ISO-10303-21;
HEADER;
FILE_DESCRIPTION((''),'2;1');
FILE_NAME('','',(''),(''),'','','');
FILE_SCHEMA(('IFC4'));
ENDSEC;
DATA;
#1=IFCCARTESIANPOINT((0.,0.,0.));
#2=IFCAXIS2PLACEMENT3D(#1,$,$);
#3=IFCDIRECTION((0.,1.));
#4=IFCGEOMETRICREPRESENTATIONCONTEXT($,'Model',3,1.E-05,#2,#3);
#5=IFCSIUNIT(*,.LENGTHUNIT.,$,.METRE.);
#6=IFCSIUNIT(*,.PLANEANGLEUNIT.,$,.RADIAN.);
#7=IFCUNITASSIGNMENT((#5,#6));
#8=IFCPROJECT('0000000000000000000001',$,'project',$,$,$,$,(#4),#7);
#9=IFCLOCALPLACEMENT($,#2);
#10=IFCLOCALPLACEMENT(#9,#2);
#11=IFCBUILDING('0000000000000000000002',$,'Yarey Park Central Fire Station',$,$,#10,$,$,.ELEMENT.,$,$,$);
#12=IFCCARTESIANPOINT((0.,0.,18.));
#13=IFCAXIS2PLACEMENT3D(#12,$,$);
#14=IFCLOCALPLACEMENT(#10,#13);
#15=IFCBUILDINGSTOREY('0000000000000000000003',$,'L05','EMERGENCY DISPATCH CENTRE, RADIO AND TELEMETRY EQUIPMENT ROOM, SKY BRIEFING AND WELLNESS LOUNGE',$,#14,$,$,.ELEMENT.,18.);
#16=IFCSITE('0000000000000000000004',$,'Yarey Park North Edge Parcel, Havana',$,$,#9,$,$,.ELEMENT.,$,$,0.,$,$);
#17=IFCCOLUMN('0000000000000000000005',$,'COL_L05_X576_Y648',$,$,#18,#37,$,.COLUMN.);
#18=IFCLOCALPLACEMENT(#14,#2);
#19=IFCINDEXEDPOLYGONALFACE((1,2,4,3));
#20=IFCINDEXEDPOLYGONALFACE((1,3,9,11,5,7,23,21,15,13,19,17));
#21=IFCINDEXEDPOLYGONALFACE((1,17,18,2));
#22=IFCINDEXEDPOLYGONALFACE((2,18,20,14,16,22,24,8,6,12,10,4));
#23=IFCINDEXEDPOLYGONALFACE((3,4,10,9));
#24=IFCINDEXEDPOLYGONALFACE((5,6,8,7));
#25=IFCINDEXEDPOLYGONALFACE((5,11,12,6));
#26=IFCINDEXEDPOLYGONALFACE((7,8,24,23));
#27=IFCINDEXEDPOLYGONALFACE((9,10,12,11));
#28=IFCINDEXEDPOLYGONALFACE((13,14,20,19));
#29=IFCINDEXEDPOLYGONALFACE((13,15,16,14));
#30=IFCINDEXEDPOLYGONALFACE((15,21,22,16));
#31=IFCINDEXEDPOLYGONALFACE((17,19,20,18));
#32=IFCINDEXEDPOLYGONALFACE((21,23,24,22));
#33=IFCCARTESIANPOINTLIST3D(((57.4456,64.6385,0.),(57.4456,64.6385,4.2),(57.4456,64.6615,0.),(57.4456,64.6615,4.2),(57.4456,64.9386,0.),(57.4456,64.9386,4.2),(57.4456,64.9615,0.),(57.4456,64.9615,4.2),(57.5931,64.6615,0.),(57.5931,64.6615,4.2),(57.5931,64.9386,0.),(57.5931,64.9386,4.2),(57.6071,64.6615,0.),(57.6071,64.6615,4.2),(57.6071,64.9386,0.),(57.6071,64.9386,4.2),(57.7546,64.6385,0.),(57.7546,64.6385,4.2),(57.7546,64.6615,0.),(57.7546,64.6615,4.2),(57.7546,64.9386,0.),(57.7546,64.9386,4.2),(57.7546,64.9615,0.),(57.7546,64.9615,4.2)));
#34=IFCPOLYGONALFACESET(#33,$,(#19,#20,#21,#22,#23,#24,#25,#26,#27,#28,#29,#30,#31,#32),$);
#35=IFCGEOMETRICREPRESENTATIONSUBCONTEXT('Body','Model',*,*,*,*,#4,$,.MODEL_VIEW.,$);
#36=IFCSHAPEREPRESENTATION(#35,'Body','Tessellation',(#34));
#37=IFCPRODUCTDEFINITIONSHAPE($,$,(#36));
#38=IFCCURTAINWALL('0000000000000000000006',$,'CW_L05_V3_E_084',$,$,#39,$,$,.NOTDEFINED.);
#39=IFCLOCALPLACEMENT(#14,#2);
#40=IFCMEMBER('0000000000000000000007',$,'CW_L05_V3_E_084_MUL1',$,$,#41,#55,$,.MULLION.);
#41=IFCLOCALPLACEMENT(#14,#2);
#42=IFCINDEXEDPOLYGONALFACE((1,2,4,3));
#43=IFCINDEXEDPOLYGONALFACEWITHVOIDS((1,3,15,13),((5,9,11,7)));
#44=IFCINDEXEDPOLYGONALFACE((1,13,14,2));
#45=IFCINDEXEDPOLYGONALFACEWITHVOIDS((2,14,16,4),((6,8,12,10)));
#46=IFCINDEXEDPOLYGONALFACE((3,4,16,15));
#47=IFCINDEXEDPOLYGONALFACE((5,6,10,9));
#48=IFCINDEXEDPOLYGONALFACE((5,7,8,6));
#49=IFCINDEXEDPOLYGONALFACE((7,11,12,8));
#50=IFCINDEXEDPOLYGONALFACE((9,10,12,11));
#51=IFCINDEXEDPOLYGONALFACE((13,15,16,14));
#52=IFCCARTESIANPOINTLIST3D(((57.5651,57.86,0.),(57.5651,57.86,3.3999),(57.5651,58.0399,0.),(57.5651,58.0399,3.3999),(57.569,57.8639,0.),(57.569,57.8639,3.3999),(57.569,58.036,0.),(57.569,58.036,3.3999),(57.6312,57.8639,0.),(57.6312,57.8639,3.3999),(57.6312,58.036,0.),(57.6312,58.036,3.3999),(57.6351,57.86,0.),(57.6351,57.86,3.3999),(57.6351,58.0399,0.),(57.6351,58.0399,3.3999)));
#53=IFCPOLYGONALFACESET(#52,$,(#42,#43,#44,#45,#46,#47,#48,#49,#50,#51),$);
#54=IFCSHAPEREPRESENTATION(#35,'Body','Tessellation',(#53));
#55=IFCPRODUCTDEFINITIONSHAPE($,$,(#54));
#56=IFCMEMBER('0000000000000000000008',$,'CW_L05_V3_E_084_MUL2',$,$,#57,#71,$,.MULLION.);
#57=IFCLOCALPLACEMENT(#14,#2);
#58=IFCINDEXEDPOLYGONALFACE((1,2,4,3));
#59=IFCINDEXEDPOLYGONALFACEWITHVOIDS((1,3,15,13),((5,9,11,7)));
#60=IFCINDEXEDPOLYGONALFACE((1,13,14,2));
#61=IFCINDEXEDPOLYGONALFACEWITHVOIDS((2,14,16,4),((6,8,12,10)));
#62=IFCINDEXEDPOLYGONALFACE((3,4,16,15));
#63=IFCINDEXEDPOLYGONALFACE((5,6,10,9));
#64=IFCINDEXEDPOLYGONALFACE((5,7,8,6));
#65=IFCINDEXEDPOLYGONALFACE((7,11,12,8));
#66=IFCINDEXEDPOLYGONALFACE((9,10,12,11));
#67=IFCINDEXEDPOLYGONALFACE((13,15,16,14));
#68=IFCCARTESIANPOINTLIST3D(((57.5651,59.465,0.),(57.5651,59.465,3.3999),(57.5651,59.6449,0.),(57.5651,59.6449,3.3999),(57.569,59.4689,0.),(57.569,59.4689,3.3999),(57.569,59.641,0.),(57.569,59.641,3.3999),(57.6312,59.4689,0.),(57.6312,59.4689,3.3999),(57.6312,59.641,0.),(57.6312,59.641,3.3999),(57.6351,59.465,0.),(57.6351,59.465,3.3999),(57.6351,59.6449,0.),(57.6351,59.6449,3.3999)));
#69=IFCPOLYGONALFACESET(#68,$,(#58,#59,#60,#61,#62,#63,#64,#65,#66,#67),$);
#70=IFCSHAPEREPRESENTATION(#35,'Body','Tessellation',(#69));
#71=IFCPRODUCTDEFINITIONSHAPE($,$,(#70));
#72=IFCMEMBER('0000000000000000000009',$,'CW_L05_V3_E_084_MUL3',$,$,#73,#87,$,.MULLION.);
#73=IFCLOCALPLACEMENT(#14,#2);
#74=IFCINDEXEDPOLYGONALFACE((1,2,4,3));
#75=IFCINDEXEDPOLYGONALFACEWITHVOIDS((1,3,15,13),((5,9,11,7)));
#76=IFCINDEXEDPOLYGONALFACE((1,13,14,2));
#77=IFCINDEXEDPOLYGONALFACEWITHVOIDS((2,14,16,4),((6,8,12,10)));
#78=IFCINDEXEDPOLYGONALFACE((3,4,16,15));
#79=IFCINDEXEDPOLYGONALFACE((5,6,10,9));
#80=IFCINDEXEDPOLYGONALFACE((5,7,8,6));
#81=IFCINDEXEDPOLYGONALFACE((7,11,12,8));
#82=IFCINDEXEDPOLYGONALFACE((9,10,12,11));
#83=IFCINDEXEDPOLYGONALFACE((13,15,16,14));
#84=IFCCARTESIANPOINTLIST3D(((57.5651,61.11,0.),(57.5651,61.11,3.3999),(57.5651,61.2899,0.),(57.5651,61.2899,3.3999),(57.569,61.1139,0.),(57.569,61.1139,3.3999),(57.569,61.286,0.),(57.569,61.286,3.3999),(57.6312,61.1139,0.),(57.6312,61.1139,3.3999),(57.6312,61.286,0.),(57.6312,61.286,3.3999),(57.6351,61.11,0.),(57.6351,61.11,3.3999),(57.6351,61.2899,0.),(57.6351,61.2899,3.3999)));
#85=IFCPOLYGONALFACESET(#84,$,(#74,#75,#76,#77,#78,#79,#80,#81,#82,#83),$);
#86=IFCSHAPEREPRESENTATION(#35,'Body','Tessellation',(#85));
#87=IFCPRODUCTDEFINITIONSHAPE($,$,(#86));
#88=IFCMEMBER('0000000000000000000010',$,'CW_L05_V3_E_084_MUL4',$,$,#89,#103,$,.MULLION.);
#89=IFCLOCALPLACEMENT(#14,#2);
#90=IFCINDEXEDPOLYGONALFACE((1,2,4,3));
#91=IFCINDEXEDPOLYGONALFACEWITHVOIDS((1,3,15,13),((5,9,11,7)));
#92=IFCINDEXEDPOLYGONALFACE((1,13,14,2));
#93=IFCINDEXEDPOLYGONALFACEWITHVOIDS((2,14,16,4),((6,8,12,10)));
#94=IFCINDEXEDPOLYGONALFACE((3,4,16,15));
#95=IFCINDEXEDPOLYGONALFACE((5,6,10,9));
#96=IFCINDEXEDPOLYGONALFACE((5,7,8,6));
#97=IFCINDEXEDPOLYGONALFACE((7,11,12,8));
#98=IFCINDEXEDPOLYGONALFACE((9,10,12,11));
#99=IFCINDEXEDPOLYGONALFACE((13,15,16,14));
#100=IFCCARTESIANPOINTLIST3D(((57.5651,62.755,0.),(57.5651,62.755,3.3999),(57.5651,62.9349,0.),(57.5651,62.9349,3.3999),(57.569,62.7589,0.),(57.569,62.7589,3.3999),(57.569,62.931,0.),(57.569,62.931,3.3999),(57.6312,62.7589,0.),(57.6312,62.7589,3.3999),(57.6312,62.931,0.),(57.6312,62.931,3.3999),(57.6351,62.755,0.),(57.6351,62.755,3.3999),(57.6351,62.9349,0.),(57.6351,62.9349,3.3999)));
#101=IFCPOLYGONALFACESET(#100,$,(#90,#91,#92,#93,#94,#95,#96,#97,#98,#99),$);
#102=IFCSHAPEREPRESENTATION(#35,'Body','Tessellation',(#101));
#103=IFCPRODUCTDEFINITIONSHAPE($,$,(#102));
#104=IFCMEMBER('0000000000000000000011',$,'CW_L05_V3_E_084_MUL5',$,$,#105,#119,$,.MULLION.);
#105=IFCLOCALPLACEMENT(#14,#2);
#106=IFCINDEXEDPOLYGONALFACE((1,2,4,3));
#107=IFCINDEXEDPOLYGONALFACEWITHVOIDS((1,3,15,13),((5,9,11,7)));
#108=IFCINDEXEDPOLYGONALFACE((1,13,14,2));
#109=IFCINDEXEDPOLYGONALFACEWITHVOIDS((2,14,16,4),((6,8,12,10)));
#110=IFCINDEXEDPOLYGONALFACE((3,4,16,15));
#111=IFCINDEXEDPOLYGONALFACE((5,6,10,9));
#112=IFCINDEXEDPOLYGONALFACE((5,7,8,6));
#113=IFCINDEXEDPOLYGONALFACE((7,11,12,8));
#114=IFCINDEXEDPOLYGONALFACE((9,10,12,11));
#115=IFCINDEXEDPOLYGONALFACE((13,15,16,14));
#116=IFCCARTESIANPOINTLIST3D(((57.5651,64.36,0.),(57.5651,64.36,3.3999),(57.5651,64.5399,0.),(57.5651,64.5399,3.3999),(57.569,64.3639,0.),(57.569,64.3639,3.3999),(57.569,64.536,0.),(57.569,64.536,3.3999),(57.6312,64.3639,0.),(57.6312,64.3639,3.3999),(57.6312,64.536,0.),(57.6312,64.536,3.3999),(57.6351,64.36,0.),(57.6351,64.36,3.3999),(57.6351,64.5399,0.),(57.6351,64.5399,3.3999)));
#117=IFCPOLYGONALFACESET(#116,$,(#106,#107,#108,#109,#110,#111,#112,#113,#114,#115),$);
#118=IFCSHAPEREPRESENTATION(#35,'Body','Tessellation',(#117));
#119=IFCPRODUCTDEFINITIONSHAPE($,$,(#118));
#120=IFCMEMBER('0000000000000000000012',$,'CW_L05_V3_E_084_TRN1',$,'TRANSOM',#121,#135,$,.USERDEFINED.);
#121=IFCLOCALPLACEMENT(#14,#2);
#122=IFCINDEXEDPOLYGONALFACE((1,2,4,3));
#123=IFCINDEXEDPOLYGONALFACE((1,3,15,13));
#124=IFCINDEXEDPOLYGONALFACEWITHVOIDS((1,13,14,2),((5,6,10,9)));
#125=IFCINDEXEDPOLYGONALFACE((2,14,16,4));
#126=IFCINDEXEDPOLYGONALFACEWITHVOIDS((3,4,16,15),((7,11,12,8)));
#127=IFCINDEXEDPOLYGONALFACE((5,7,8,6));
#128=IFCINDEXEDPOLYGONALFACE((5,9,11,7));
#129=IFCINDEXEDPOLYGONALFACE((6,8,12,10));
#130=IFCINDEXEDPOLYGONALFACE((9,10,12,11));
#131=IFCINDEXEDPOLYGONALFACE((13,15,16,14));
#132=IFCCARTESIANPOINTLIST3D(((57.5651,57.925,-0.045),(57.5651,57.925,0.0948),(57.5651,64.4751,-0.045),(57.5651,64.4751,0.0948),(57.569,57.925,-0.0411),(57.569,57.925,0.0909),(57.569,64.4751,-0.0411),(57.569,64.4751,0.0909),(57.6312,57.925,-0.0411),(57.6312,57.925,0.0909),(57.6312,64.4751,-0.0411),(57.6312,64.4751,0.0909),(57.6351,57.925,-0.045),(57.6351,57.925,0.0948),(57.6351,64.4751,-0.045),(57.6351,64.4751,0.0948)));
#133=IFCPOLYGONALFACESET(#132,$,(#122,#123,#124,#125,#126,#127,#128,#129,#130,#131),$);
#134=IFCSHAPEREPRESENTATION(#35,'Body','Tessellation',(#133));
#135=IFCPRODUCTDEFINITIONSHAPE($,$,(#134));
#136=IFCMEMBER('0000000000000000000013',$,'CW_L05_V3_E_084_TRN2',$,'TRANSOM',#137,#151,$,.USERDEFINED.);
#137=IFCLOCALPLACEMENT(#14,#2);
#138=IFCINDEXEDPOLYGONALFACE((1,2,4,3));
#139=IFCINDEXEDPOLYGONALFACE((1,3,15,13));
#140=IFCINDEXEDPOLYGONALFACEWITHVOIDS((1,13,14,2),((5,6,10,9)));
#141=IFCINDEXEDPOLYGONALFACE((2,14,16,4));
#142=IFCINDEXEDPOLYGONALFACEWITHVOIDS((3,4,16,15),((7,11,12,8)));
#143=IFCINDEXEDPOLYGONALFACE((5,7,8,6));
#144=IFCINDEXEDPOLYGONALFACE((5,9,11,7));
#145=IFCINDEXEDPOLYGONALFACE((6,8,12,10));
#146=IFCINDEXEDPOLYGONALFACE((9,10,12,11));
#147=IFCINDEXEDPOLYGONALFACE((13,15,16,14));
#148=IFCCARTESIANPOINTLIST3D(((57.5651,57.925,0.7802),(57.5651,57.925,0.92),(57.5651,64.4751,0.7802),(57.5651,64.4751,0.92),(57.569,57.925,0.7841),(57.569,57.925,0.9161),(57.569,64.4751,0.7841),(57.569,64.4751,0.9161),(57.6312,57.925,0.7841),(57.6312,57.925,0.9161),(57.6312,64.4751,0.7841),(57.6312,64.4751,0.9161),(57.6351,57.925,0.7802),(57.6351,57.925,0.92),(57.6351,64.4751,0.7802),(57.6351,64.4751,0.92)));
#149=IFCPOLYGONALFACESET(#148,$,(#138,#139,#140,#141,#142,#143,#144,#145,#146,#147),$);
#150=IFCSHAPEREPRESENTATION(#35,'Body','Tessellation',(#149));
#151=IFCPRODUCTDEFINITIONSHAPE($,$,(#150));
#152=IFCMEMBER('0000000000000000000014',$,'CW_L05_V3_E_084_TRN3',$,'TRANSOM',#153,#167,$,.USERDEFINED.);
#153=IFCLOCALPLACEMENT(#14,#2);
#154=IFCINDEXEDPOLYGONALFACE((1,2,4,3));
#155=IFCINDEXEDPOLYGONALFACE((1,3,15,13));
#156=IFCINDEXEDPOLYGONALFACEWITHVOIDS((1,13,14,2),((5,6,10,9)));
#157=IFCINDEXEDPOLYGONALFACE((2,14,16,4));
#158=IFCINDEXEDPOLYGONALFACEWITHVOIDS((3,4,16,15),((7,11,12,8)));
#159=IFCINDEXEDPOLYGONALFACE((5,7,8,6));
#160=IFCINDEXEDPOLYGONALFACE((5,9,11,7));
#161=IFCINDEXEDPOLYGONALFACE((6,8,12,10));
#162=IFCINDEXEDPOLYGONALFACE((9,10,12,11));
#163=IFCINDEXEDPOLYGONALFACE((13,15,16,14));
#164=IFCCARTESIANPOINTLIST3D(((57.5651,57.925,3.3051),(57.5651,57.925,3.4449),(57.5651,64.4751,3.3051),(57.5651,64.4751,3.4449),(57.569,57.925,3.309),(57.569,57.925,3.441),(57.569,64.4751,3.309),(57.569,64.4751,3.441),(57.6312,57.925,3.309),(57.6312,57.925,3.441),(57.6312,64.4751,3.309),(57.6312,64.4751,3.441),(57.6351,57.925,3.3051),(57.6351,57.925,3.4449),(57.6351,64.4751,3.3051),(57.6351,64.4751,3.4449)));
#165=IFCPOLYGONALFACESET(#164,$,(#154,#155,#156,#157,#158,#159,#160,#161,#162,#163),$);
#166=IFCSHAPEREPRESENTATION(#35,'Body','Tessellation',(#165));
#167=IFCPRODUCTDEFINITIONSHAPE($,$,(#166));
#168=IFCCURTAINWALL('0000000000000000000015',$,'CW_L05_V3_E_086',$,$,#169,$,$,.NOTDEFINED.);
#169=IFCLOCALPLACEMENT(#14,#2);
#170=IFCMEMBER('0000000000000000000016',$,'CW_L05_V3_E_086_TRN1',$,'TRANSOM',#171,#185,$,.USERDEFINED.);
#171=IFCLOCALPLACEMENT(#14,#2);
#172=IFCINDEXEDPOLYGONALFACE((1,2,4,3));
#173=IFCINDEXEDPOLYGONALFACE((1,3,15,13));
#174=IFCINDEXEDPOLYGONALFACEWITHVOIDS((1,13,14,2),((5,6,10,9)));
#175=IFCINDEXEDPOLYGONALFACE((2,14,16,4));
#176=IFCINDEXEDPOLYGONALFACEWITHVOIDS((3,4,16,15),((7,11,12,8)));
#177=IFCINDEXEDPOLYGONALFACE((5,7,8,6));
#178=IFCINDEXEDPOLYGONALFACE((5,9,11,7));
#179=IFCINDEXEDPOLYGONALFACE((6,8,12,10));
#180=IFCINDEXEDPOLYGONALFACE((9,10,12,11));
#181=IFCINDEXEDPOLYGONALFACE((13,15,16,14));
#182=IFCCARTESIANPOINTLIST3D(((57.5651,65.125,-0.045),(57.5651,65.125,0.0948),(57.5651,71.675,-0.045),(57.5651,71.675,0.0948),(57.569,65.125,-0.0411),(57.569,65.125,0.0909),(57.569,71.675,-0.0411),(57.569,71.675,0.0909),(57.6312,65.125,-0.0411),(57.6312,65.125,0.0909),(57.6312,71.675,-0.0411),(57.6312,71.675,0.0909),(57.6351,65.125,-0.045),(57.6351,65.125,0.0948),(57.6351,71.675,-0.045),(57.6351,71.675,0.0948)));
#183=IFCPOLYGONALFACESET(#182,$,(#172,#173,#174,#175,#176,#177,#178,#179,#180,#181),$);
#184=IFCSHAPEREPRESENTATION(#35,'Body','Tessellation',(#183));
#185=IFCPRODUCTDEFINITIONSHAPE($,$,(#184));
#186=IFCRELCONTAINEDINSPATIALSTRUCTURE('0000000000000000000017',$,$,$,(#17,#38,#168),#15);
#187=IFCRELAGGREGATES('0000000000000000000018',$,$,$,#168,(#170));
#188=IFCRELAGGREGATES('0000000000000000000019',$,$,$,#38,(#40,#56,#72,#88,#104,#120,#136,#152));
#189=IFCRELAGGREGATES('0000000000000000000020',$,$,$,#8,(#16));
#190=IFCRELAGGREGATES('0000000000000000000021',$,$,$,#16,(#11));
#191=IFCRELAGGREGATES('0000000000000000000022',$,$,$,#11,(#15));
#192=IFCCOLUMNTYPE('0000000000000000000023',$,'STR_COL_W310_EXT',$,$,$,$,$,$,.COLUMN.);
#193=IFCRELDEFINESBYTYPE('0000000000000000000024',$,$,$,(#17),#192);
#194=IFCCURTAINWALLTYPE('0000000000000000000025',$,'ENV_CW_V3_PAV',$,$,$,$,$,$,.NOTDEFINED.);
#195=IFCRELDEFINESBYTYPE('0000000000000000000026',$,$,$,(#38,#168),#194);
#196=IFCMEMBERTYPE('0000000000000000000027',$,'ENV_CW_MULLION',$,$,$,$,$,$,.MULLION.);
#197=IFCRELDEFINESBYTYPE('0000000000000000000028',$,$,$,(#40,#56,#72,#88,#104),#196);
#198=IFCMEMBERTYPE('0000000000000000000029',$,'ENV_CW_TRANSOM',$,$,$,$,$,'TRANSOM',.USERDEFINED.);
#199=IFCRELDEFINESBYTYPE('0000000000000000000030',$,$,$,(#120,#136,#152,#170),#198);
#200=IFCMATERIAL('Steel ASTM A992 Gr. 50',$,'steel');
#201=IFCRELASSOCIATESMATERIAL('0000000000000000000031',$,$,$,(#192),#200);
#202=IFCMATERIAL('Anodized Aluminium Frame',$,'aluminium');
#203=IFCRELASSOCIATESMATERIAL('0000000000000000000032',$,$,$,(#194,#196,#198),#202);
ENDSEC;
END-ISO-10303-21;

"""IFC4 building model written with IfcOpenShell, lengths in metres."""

from ifc_helpers import new_model, si_unit, direction, frame, origin, origin_2d, place, context, subcontext, project, spatial, hollow_rectangle, i_section, extrude, material, material_profile, profile_set, type_object, element, aggregate, save


model = new_model("IFC4")

# Units and contexts
model_context = context("Model", 3, precision=1e-05, world=origin(), true_north=direction((0.0, 1.0)))
body_context = subcontext(model_context, "Body", "Model", "MODEL_VIEW")
ifc_project = project(units=[si_unit("LENGTHUNIT", "METRE"), si_unit("PLANEANGLEUNIT", "RADIAN")], contexts=[model_context])

# Site, building, storey
site_placement = place(None, origin())
site = spatial("IfcSite", under=ifc_project, at=site_placement, Name="Yarey Park North Edge Parcel, Havana", CompositionType="ELEMENT", RefElevation=0.0)
building_placement = place(site_placement, origin())
building = spatial("IfcBuilding", under=site, at=building_placement, Name="Yarey Park Central Fire Station", CompositionType="ELEMENT")
storey_placement = place(building_placement, frame((0.0, 0.0, 18.0)))
storey = spatial("IfcBuildingStorey", under=building, at=storey_placement, Name="L05", Description="EMERGENCY DISPATCH CENTRE, RADIO AND TELEMETRY EQUIPMENT ROOM, SKY BRIEFING AND WELLNESS LOUNGE", CompositionType="ELEMENT", Elevation=18.0)

# Column
ifc_material_1 = material(Name="Steel ASTM A992 Gr. 50", Category="steel")
ifc_material_profile_1 = material_profile(ifc_material_1, i_section(OverallWidth=0.3091, OverallDepth=0.323, WebThickness=0.0139, FlangeThickness=0.0229, at=origin_2d()), Name="W310x143")
ifc_profile_set_1 = profile_set([ifc_material_profile_1], Name="Steel ASTM A992 Gr. 50")
column_type = type_object("IfcColumnType", Name="STR_COL_W310_EXT", PredefinedType="COLUMN", material=ifc_profile_set_1)
column_placement = place(storey_placement, frame((57.6001, 64.8, 0.0), z_axis=(0.0, 0.0, 1.0), x_axis=(1.0, 0.0, 0.0)))
element("IfcColumn", 1, at=column_placement, inside=storey, type_object=column_type, Name="COL_L05_X576_Y648", PredefinedType="COLUMN", context=body_context, shape_type="SweptSolid", body=[
    extrude(i_section(OverallWidth=0.3091, OverallDepth=0.323, WebThickness=0.0139, FlangeThickness=0.0229, at=origin_2d()), origin(), (0.0, 0.0, 1.0), 4.2),
])

# Curtain walls, members
ifc_material_2 = material(Name="Anodized Aluminium Frame", Category="aluminium")
curtain_wall_type = type_object("IfcCurtainWallType", Name="ENV_CW_V3_PAV", PredefinedType="NOTDEFINED", material=ifc_material_2)
curtain_wall_1_placement = place(storey_placement, origin())
curtain_wall_1 = element("IfcCurtainWall", 2, at=curtain_wall_1_placement, inside=storey, type_object=curtain_wall_type, Name="CW_L05_V3_E_084", PredefinedType="NOTDEFINED")
ifc_material_profile_2 = material_profile(ifc_material_2, hollow_rectangle(XDim=0.0701, YDim=0.1799, WallThickness=0.0039, at=origin_2d()), Name="ALU 180x70x4")
ifc_profile_set_2 = profile_set([ifc_material_profile_2], Name="Anodized Aluminium Frame")
member_type_1 = type_object("IfcMemberType", Name="ENV_CW_MULLION", PredefinedType="MULLION", material=ifc_profile_set_2)
member_1_placement = place(storey_placement, frame((57.6001, 57.95, 0.0), z_axis=(0.0, 0.0, 1.0), x_axis=(1.0, 0.0, 0.0)))
member_1 = element("IfcMember", 3, at=member_1_placement, type_object=member_type_1, Name="CW_L05_V3_E_084_MUL1", PredefinedType="MULLION", context=body_context, shape_type="SweptSolid", body=[
    extrude(hollow_rectangle(XDim=0.0701, YDim=0.1799, WallThickness=0.0039, at=origin_2d()), origin(), (0.0, 0.0, 1.0), 3.3999),
])
member_2_placement = place(storey_placement, frame((57.6001, 59.5549, 0.0), z_axis=(0.0, 0.0, 1.0), x_axis=(1.0, 0.0, 0.0)))
member_2 = element("IfcMember", 4, at=member_2_placement, type_object=member_type_1, Name="CW_L05_V3_E_084_MUL2", PredefinedType="MULLION", context=body_context, shape_type="SweptSolid", body=[
    extrude(hollow_rectangle(XDim=0.0701, YDim=0.1799, WallThickness=0.0039, at=origin_2d()), origin(), (0.0, 0.0, 1.0), 3.3999),
])
member_3_placement = place(storey_placement, frame((57.6001, 61.2, 0.0), z_axis=(0.0, 0.0, 1.0), x_axis=(1.0, 0.0, 0.0)))
member_3 = element("IfcMember", 5, at=member_3_placement, type_object=member_type_1, Name="CW_L05_V3_E_084_MUL3", PredefinedType="MULLION", context=body_context, shape_type="SweptSolid", body=[
    extrude(hollow_rectangle(XDim=0.0701, YDim=0.1799, WallThickness=0.0039, at=origin_2d()), origin(), (0.0, 0.0, 1.0), 3.3999),
])
member_4_placement = place(storey_placement, frame((57.6001, 62.845, 0.0), z_axis=(0.0, 0.0, 1.0), x_axis=(1.0, 0.0, 0.0)))
member_4 = element("IfcMember", 6, at=member_4_placement, type_object=member_type_1, Name="CW_L05_V3_E_084_MUL4", PredefinedType="MULLION", context=body_context, shape_type="SweptSolid", body=[
    extrude(hollow_rectangle(XDim=0.0701, YDim=0.1799, WallThickness=0.0039, at=origin_2d()), origin(), (0.0, 0.0, 1.0), 3.3999),
])
member_5_placement = place(storey_placement, frame((57.6001, 64.45, 0.0), z_axis=(0.0, 0.0, 1.0), x_axis=(1.0, 0.0, 0.0)))
member_5 = element("IfcMember", 7, at=member_5_placement, type_object=member_type_1, Name="CW_L05_V3_E_084_MUL5", PredefinedType="MULLION", context=body_context, shape_type="SweptSolid", body=[
    extrude(hollow_rectangle(XDim=0.0701, YDim=0.1799, WallThickness=0.0039, at=origin_2d()), origin(), (0.0, 0.0, 1.0), 3.3999),
])
ifc_material_profile_3 = material_profile(ifc_material_2, hollow_rectangle(XDim=0.0701, YDim=0.1399, WallThickness=0.0039, at=origin_2d()), Name="ALU 140x70x4")
ifc_profile_set_3 = profile_set([ifc_material_profile_3], Name="Anodized Aluminium Frame")
member_type_2 = type_object("IfcMemberType", Name="ENV_CW_TRANSOM", ElementType="TRANSOM", PredefinedType="USERDEFINED", material=ifc_profile_set_3)
member_6_placement = place(storey_placement, frame((57.6001, 57.925, 0.0249), z_axis=(0.0, 1.0, 0.0), x_axis=(-1.0, 0.0, 0.0)))
member_6 = element("IfcMember", 8, at=member_6_placement, type_object=member_type_2, Name="CW_L05_V3_E_084_TRN1", ObjectType="TRANSOM", PredefinedType="USERDEFINED", context=body_context, shape_type="SweptSolid", body=[
    extrude(hollow_rectangle(XDim=0.0701, YDim=0.1399, WallThickness=0.0039, at=origin_2d()), origin(), (0.0, 0.0, 1.0), 6.55),
])
member_7_placement = place(storey_placement, frame((57.6001, 57.925, 0.8501), z_axis=(0.0, 1.0, 0.0), x_axis=(-1.0, 0.0, 0.0)))
member_7 = element("IfcMember", 9, at=member_7_placement, type_object=member_type_2, Name="CW_L05_V3_E_084_TRN2", ObjectType="TRANSOM", PredefinedType="USERDEFINED", context=body_context, shape_type="SweptSolid", body=[
    extrude(hollow_rectangle(XDim=0.0701, YDim=0.1399, WallThickness=0.0039, at=origin_2d()), origin(), (0.0, 0.0, 1.0), 6.55),
])
member_8_placement = place(storey_placement, frame((57.6001, 57.925, 3.375), z_axis=(0.0, 1.0, 0.0), x_axis=(-1.0, 0.0, 0.0)))
member_8 = element("IfcMember", 10, at=member_8_placement, type_object=member_type_2, Name="CW_L05_V3_E_084_TRN3", ObjectType="TRANSOM", PredefinedType="USERDEFINED", context=body_context, shape_type="SweptSolid", body=[
    extrude(hollow_rectangle(XDim=0.0701, YDim=0.1399, WallThickness=0.0039, at=origin_2d()), origin(), (0.0, 0.0, 1.0), 6.55),
])
curtain_wall_2_placement = place(storey_placement, origin())
curtain_wall_2 = element("IfcCurtainWall", 11, at=curtain_wall_2_placement, inside=storey, type_object=curtain_wall_type, Name="CW_L05_V3_E_086", PredefinedType="NOTDEFINED")
member_9_placement = place(storey_placement, frame((57.6001, 65.125, 0.0249), z_axis=(0.0, 1.0, 0.0), x_axis=(-1.0, 0.0, 0.0)))
member_9 = element("IfcMember", 12, at=member_9_placement, type_object=member_type_2, Name="CW_L05_V3_E_086_TRN1", ObjectType="TRANSOM", PredefinedType="USERDEFINED", context=body_context, shape_type="SweptSolid", body=[
    extrude(hollow_rectangle(XDim=0.0701, YDim=0.1399, WallThickness=0.0039, at=origin_2d()), origin(), (0.0, 0.0, 1.0), 6.55),
])
aggregate(curtain_wall_2, [member_9])

aggregate(curtain_wall_1, [member_1, member_2, member_3, member_4, member_5, member_6, member_7, member_8])

save(model, "model.ifc")
